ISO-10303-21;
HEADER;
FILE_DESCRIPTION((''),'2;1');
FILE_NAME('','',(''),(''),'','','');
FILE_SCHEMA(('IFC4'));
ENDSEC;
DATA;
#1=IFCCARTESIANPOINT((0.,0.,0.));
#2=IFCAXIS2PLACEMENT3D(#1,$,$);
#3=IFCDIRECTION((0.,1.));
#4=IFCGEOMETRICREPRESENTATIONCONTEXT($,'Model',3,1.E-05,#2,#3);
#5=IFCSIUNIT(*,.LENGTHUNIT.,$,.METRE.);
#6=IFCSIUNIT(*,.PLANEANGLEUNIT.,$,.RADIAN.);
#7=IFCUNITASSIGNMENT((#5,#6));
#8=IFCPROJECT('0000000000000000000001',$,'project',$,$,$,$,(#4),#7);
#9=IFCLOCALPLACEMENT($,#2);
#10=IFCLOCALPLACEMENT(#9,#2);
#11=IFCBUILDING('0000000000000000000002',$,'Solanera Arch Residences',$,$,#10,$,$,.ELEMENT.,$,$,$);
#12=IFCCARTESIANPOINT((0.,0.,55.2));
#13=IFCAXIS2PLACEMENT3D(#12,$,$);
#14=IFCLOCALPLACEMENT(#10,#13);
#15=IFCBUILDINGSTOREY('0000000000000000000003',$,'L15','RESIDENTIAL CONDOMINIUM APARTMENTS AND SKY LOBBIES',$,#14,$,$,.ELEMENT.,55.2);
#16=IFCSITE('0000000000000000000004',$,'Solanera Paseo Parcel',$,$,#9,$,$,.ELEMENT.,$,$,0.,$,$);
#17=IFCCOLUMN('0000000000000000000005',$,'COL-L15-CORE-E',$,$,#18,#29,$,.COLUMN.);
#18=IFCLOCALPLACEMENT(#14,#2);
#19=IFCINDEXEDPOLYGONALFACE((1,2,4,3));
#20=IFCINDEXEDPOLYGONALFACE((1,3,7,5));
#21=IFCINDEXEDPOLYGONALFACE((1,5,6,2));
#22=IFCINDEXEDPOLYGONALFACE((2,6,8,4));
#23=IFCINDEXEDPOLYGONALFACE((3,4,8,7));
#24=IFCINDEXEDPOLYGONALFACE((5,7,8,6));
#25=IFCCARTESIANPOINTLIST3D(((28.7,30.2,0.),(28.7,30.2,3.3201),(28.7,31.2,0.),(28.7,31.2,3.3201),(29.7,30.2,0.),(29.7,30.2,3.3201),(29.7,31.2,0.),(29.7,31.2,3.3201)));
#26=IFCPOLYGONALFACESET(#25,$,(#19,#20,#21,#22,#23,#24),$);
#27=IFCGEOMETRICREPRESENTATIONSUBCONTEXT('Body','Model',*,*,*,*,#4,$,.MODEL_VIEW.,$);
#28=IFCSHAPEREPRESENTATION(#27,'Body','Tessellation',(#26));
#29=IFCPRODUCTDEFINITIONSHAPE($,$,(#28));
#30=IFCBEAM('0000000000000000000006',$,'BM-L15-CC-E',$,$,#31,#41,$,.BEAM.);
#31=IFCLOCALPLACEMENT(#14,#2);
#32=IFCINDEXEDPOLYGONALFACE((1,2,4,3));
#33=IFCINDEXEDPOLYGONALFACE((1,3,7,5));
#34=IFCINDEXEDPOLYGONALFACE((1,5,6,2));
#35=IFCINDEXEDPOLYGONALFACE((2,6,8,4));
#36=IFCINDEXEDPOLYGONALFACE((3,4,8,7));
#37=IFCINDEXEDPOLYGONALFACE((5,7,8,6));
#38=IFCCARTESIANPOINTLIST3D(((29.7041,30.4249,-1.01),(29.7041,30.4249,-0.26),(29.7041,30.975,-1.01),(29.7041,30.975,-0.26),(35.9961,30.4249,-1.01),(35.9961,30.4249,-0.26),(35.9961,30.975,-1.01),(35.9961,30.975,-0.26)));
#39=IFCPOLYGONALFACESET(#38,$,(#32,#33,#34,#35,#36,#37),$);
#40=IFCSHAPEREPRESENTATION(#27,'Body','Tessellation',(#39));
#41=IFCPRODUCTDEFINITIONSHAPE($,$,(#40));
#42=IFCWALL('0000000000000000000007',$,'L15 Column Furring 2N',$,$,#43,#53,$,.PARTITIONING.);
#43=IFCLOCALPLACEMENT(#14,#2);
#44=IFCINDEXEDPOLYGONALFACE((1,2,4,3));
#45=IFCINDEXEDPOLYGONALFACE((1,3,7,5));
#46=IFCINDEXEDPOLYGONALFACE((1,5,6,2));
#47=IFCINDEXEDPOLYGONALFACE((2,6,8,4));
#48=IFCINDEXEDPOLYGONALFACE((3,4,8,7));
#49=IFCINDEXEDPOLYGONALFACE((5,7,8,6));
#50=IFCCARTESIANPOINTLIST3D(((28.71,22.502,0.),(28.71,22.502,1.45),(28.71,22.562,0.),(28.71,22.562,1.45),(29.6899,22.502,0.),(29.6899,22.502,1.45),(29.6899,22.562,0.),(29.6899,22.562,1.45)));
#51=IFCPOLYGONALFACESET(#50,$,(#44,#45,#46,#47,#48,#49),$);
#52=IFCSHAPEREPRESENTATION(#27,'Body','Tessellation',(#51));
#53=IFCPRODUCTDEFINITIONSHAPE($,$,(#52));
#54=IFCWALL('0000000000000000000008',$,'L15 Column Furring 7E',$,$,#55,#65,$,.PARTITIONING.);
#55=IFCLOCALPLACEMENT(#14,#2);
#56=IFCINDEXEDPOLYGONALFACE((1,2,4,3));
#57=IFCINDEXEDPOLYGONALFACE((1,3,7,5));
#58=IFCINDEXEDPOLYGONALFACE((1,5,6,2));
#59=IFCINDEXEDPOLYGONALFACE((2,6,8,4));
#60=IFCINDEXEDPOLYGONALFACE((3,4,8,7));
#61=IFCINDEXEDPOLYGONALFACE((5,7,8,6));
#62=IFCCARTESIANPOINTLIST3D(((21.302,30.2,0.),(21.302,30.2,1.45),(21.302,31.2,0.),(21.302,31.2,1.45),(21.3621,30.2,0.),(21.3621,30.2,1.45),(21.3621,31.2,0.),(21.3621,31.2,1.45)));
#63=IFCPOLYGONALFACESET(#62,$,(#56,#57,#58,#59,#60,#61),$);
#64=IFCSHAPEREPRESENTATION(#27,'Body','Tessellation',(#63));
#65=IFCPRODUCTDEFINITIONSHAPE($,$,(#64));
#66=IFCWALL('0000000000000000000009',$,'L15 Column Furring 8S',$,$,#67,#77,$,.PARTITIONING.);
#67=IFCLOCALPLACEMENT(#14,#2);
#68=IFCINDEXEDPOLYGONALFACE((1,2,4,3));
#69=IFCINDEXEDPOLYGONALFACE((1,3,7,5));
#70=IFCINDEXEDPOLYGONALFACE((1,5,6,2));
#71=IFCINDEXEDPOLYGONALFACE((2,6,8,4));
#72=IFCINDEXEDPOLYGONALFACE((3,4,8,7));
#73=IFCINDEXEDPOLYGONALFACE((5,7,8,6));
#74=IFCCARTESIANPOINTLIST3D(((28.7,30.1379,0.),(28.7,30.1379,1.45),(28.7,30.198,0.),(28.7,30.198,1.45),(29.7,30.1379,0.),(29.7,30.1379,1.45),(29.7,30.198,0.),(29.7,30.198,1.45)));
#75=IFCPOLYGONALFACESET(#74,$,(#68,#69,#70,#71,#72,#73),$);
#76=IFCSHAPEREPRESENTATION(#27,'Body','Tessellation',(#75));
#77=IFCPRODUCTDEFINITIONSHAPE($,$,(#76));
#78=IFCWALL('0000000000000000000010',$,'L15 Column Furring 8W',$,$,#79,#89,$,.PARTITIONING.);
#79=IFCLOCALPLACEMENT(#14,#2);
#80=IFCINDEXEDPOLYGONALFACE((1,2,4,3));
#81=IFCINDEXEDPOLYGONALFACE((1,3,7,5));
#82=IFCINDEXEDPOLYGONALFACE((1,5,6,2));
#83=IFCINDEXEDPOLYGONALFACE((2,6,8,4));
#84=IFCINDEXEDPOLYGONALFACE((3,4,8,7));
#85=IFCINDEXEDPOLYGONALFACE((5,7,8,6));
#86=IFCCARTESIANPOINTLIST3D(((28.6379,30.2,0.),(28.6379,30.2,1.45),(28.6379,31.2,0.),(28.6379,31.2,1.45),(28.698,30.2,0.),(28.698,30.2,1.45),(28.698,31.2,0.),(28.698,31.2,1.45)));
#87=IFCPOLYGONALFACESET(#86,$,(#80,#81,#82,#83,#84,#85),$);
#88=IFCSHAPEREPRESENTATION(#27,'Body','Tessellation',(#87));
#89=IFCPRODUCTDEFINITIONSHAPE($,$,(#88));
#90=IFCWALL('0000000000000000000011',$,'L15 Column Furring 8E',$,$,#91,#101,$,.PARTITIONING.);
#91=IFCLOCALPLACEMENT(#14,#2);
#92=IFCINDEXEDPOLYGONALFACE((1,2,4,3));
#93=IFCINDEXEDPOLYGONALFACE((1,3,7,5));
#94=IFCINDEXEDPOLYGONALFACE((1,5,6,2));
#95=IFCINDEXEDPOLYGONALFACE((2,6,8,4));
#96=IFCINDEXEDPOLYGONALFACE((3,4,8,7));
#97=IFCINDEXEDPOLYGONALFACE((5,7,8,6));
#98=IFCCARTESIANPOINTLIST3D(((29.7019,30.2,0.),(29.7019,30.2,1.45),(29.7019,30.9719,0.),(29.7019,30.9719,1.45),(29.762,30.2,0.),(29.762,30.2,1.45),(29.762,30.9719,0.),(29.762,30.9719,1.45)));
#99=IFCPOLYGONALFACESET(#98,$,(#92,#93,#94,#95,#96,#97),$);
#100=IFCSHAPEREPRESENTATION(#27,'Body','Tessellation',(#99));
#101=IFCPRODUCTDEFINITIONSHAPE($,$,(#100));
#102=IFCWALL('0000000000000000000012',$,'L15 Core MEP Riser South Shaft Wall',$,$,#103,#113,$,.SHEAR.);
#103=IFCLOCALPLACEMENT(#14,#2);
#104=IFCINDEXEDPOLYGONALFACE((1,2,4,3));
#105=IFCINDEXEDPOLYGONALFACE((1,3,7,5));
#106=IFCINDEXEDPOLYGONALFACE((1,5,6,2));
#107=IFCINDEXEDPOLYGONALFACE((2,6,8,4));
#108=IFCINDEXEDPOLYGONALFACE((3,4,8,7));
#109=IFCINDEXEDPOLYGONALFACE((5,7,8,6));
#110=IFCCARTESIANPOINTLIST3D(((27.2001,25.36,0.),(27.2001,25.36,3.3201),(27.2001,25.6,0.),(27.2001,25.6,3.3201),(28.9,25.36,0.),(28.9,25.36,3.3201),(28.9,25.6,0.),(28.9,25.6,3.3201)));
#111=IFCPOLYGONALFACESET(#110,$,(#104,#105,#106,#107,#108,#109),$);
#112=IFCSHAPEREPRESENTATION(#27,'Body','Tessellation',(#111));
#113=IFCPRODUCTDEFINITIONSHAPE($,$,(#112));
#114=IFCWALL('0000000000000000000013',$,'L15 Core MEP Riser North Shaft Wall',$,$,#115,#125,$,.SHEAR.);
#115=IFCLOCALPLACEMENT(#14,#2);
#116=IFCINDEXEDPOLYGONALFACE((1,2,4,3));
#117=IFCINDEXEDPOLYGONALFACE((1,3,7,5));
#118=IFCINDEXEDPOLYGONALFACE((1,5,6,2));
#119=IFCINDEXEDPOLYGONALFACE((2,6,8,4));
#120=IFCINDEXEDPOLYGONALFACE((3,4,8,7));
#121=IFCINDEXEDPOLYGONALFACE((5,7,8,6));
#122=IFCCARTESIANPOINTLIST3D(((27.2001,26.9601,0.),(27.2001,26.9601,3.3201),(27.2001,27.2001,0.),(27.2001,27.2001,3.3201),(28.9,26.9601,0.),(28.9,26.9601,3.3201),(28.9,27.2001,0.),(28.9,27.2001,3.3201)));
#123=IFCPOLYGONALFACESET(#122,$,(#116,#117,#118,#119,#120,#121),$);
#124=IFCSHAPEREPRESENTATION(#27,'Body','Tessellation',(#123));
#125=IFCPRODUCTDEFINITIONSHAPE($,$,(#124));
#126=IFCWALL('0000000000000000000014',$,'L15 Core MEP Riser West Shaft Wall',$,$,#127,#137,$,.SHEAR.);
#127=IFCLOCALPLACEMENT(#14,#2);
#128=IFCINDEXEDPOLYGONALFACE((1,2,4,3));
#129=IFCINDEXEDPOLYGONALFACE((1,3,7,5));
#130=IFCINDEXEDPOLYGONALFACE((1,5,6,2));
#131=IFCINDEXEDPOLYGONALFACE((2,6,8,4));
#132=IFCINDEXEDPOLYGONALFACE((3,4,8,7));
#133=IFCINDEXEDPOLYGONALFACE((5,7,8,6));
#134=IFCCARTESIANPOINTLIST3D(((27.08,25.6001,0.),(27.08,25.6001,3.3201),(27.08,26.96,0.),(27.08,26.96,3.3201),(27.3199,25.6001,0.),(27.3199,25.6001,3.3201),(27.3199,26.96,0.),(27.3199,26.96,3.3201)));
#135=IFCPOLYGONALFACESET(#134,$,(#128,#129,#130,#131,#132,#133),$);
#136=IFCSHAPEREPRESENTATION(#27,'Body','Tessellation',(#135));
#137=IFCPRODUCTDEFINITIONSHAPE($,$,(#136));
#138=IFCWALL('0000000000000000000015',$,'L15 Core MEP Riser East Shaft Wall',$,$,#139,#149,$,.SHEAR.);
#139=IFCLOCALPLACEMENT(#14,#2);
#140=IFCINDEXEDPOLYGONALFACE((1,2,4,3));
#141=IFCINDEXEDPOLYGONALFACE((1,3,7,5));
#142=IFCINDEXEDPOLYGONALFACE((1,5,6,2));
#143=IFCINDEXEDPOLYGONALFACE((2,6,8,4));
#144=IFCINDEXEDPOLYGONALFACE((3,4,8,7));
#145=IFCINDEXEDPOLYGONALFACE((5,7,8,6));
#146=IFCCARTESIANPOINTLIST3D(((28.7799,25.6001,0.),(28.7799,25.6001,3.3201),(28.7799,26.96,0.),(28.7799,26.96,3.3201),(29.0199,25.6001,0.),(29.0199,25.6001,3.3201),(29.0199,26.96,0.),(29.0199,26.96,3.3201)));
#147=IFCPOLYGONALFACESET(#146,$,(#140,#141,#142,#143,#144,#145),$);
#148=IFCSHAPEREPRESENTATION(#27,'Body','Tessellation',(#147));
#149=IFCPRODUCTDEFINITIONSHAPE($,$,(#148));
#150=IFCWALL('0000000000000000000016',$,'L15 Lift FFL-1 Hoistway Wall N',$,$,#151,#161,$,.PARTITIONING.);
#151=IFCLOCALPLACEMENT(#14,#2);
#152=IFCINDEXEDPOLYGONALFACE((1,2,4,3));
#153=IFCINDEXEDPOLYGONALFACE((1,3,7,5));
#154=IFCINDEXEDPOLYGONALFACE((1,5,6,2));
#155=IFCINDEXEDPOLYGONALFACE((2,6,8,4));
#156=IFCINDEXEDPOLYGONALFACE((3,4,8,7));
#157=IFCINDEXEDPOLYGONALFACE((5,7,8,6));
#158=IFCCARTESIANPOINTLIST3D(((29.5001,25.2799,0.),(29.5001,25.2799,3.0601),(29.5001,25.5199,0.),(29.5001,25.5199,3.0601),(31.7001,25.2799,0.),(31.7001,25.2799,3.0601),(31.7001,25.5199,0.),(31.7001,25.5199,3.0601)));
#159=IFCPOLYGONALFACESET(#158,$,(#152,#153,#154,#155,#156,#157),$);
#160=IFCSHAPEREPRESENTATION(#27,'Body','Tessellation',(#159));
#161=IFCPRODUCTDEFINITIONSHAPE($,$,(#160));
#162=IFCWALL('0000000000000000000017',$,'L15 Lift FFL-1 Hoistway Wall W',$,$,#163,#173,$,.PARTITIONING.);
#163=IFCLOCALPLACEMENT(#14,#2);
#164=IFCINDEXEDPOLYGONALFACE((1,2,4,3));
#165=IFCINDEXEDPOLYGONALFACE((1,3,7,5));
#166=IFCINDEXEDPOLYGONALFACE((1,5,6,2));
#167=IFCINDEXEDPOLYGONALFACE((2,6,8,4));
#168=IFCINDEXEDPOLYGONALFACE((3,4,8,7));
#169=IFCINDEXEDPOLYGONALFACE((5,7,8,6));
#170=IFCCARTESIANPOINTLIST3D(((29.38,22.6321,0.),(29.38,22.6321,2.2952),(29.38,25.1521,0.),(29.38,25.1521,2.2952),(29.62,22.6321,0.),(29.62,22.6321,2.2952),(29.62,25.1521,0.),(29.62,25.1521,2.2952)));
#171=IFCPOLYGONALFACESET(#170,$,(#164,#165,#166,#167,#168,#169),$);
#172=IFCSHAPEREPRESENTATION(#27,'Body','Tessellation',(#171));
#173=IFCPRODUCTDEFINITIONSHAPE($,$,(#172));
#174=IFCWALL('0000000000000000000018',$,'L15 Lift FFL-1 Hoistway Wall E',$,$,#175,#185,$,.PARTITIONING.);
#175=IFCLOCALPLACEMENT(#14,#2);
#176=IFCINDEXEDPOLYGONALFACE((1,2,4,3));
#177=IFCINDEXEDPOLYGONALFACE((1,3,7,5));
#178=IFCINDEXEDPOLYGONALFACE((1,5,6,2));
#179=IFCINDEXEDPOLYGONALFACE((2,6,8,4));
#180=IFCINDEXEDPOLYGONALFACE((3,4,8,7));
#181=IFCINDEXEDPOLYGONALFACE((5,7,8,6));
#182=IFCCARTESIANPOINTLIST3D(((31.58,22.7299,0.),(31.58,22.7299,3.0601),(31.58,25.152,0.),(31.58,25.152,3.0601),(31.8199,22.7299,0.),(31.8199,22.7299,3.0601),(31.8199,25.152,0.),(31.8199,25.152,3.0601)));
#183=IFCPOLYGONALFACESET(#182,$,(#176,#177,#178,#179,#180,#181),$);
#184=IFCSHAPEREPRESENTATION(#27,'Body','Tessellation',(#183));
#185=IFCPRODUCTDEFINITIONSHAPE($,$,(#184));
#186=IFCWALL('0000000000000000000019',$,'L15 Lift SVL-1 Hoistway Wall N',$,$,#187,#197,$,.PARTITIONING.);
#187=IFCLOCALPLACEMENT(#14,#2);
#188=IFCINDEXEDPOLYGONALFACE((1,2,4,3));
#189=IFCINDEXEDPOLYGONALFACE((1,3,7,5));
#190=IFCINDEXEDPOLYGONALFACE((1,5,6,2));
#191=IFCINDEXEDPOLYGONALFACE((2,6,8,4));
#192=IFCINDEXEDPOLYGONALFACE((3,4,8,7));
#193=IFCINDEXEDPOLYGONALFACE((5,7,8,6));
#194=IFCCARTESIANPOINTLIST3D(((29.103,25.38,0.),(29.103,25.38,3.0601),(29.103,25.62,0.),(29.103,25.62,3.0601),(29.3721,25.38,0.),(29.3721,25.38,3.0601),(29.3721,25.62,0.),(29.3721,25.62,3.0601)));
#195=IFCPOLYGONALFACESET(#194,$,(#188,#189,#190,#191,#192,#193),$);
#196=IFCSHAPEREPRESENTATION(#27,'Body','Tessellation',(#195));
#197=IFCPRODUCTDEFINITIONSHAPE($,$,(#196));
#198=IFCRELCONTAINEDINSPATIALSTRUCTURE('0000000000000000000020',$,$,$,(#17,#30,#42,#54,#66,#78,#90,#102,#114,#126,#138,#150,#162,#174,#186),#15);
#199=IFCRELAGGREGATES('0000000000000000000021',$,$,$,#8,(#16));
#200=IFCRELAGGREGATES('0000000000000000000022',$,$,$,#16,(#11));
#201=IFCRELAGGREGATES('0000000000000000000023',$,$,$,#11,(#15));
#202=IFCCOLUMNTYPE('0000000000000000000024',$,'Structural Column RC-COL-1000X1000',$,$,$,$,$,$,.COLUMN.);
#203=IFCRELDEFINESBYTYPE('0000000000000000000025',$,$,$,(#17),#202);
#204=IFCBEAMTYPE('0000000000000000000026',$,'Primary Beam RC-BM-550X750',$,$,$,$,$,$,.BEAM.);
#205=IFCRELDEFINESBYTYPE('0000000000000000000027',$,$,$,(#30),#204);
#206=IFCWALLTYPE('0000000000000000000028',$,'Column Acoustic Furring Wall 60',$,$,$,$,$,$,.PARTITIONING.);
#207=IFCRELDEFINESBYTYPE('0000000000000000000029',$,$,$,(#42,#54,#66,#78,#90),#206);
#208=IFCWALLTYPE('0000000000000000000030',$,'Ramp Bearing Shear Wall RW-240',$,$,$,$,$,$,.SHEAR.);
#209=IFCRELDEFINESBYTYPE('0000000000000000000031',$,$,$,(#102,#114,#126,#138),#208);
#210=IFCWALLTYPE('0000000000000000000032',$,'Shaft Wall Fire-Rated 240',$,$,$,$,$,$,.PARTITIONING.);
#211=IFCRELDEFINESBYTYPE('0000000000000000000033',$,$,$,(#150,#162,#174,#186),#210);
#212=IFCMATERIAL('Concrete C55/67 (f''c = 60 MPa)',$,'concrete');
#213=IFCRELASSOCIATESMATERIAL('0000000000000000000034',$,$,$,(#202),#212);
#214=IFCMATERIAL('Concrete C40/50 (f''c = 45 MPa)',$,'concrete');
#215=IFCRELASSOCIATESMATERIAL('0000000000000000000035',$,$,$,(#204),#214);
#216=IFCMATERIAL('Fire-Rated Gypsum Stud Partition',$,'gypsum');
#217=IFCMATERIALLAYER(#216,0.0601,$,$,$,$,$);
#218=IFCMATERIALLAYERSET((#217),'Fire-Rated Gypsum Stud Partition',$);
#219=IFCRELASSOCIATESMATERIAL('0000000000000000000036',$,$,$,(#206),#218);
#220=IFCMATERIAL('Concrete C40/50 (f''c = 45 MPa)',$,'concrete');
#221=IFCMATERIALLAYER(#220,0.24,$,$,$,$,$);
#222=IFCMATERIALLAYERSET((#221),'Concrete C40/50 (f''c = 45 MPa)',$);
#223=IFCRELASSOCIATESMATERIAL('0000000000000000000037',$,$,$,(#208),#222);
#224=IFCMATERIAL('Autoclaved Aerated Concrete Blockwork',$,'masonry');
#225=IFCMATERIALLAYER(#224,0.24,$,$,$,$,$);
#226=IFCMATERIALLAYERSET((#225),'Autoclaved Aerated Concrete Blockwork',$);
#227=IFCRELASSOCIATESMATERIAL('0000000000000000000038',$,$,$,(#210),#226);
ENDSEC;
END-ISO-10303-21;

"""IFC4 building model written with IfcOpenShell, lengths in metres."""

from ifc_helpers import new_model, si_unit, direction, frame, frame_2d, origin, origin_2d, place, context, subcontext, project, spatial, rectangle, extrude, material, layer, layer_set, material_profile, profile_set, type_object, element, save


model = new_model("IFC4")

# Units and contexts
model_context = context("Model", 3, precision=1e-05, world=origin(), true_north=direction((0.0, 1.0)))
body_context = subcontext(model_context, "Body", "Model", "MODEL_VIEW")
ifc_project = project(units=[si_unit("LENGTHUNIT", "METRE"), si_unit("PLANEANGLEUNIT", "RADIAN")], contexts=[model_context])

# Site, building, storey
site_placement = place(None, origin())
site = spatial("IfcSite", under=ifc_project, at=site_placement, Name="Solanera Paseo Parcel", CompositionType="ELEMENT", RefElevation=0.0)
building_placement = place(site_placement, origin())
building = spatial("IfcBuilding", under=site, at=building_placement, Name="Solanera Arch Residences", CompositionType="ELEMENT")
storey_placement = place(building_placement, frame((0.0, 0.0, 55.2)))
storey = spatial("IfcBuildingStorey", under=building, at=storey_placement, Name="L15", Description="RESIDENTIAL CONDOMINIUM APARTMENTS AND SKY LOBBIES", CompositionType="ELEMENT", Elevation=55.2)

# Column
ifc_material_1 = material(Name="Concrete C55/67 (f'c = 60 MPa)", Category="concrete")
ifc_material_profile_1 = material_profile(ifc_material_1, rectangle(XDim=1.0, YDim=1.0, at=origin_2d()))
ifc_profile_set_1 = profile_set([ifc_material_profile_1], Name="Concrete C55/67 (f'c = 60 MPa)")
column_type = type_object("IfcColumnType", Name="Structural Column RC-COL-1000X1000", PredefinedType="COLUMN", material=ifc_profile_set_1)
column_placement = place(storey_placement, frame((29.2, 30.7, 0.0), z_axis=(0.0, 0.0, 1.0), x_axis=(1.0, 0.0, 0.0)))
element("IfcColumn", 1, at=column_placement, inside=storey, type_object=column_type, Name="COL-L15-CORE-E", PredefinedType="COLUMN", context=body_context, shape_type="SweptSolid", body=[
    extrude(rectangle(XDim=1.0, YDim=1.0, at=origin_2d()), origin(), (0.0, 0.0, 1.0), 3.3201),
])

# Beam
ifc_material_2 = material(Name="Concrete C40/50 (f'c = 45 MPa)", Category="concrete")
ifc_material_profile_2 = material_profile(ifc_material_2, rectangle(XDim=0.55, YDim=0.75, at=origin_2d()))
ifc_profile_set_2 = profile_set([ifc_material_profile_2], Name="Concrete C40/50 (f'c = 45 MPa)")
beam_type = type_object("IfcBeamType", Name="Primary Beam RC-BM-550X750", PredefinedType="BEAM", material=ifc_profile_set_2)
beam_placement = place(storey_placement, frame((29.7041, 30.7, -0.635), z_axis=(1.0, 0.0, 0.0), x_axis=(0.0, 1.0, 0.0)))
element("IfcBeam", 2, at=beam_placement, inside=storey, type_object=beam_type, Name="BM-L15-CC-E", PredefinedType="BEAM", context=body_context, shape_type="SweptSolid", body=[
    extrude(rectangle(XDim=0.55, YDim=0.75, at=origin_2d()), origin(), (0.0, 0.0, 1.0), 6.292),
])

# Walls
ifc_material_3 = material(Name="Fire-Rated Gypsum Stud Partition", Category="gypsum")
ifc_layer_1 = layer(ifc_material_3, 0.0601)
ifc_layer_set_1 = layer_set([ifc_layer_1], Name="Fire-Rated Gypsum Stud Partition")
wall_type_1 = type_object("IfcWallType", Name="Column Acoustic Furring Wall 60", PredefinedType="PARTITIONING", material=ifc_layer_set_1)
wall_1_placement = place(storey_placement, frame((28.71, 22.532, 0.0), z_axis=(0.0, 0.0, 1.0), x_axis=(1.0, 0.0, 0.0)))
element("IfcWall", 3, at=wall_1_placement, inside=storey, type_object=wall_type_1, Name="L15 Column Furring 2N", PredefinedType="PARTITIONING", context=body_context, shape_type="SweptSolid", body=[
    extrude(rectangle(XDim=0.98, YDim=0.0601, at=frame_2d((0.49, 0.0))), origin(), (0.0, 0.0, 1.0), 1.45),
])
for number, where, z_axis, x_axis, name in (
    (4, (21.332, 30.2, 0.0), (0.0, 0.0, 1.0), (0.0, 1.0, 0.0), "L15 Column Furring 7E"),
    (5, (28.7, 30.168, 0.0), (0.0, 0.0, 1.0), (1.0, 0.0, 0.0), "L15 Column Furring 8S"),
    (6, (28.668, 30.2, 0.0), (0.0, 0.0, 1.0), (0.0, 1.0, 0.0), "L15 Column Furring 8W"),
):
    element("IfcWall", number, at=place(storey_placement, frame(where, z_axis=z_axis, x_axis=x_axis)), inside=storey, type_object=wall_type_1, Name=name, PredefinedType="PARTITIONING", context=body_context, shape_type="SweptSolid", body=[
        extrude(rectangle(XDim=1.0, YDim=0.0601, at=frame_2d((0.5, 0.0))), origin(), (0.0, 0.0, 1.0), 1.45),
    ])
wall_2_placement = place(storey_placement, frame((29.7319, 30.2, 0.0), z_axis=(0.0, 0.0, 1.0), x_axis=(0.0, 1.0, 0.0)))
element("IfcWall", 7, at=wall_2_placement, inside=storey, type_object=wall_type_1, Name="L15 Column Furring 8E", PredefinedType="PARTITIONING", context=body_context, shape_type="SweptSolid", body=[
    extrude(rectangle(XDim=0.772, YDim=0.0601, at=frame_2d((0.386, 0.0))), origin(), (0.0, 0.0, 1.0), 1.45),
])
ifc_material_4 = material(Name="Concrete C40/50 (f'c = 45 MPa)", Category="concrete")
ifc_layer_2 = layer(ifc_material_4, 0.24)
ifc_layer_set_2 = layer_set([ifc_layer_2], Name="Concrete C40/50 (f'c = 45 MPa)")
wall_type_2 = type_object("IfcWallType", Name="Ramp Bearing Shear Wall RW-240", PredefinedType="SHEAR", material=ifc_layer_set_2)
for number, where, z_axis, x_axis, name in (
    (8, (27.2, 25.48, 0.0), (0.0, 0.0, 1.0), (1.0, 0.0, 0.0), "L15 Core MEP Riser South Shaft Wall"),
    (9, (27.2, 27.0801, 0.0), (0.0, 0.0, 1.0), (1.0, 0.0, 0.0), "L15 Core MEP Riser North Shaft Wall"),
):
    element("IfcWall", number, at=place(storey_placement, frame(where, z_axis=z_axis, x_axis=x_axis)), inside=storey, type_object=wall_type_2, Name=name, PredefinedType="SHEAR", context=body_context, shape_type="SweptSolid", body=[
        extrude(rectangle(XDim=1.7, YDim=0.24, at=frame_2d((0.8501, 0.0))), origin(), (0.0, 0.0, 1.0), 3.3201),
    ])
for number, where, z_axis, x_axis, name in (
    (10, (27.2, 25.6001, 0.0), (0.0, 0.0, 1.0), (0.0, 1.0, 0.0), "L15 Core MEP Riser West Shaft Wall"),
    (11, (28.8999, 25.6001, 0.0), (0.0, 0.0, 1.0), (0.0, 1.0, 0.0), "L15 Core MEP Riser East Shaft Wall"),
):
    element("IfcWall", number, at=place(storey_placement, frame(where, z_axis=z_axis, x_axis=x_axis)), inside=storey, type_object=wall_type_2, Name=name, PredefinedType="SHEAR", context=body_context, shape_type="SweptSolid", body=[
        extrude(rectangle(XDim=1.3599, YDim=0.24, at=frame_2d((0.6799, 0.0))), origin(), (0.0, 0.0, 1.0), 3.3201),
    ])
ifc_material_5 = material(Name="Autoclaved Aerated Concrete Blockwork", Category="masonry")
ifc_layer_3 = layer(ifc_material_5, 0.24)
ifc_layer_set_3 = layer_set([ifc_layer_3], Name="Autoclaved Aerated Concrete Blockwork")
wall_type_3 = type_object("IfcWallType", Name="Shaft Wall Fire-Rated 240", PredefinedType="PARTITIONING", material=ifc_layer_set_3)
wall_3_placement = place(storey_placement, frame((29.5, 25.3999, 0.0), z_axis=(0.0, 0.0, 1.0), x_axis=(1.0, 0.0, 0.0)))
element("IfcWall", 12, at=wall_3_placement, inside=storey, type_object=wall_type_3, Name="L15 Lift FFL-1 Hoistway Wall N", PredefinedType="PARTITIONING", context=body_context, shape_type="SweptSolid", body=[
    extrude(rectangle(XDim=2.2, YDim=0.24, at=frame_2d((1.1001, 0.0))), origin(), (0.0, 0.0, 1.0), 3.0601),
])
wall_4_placement = place(storey_placement, frame((29.5, 22.6321, 0.0), z_axis=(0.0, 0.0, 1.0), x_axis=(0.0, 1.0, 0.0)))
element("IfcWall", 13, at=wall_4_placement, inside=storey, type_object=wall_type_3, Name="L15 Lift FFL-1 Hoistway Wall W", PredefinedType="PARTITIONING", context=body_context, shape_type="SweptSolid", body=[
    extrude(rectangle(XDim=2.52, YDim=0.24, at=frame_2d((1.26, 0.0))), origin(), (0.0, 0.0, 1.0), 2.2952),
])
wall_5_placement = place(storey_placement, frame((31.7, 22.73, 0.0), z_axis=(0.0, 0.0, 1.0), x_axis=(0.0, 1.0, 0.0)))
element("IfcWall", 14, at=wall_5_placement, inside=storey, type_object=wall_type_3, Name="L15 Lift FFL-1 Hoistway Wall E", PredefinedType="PARTITIONING", context=body_context, shape_type="SweptSolid", body=[
    extrude(rectangle(XDim=2.4221, YDim=0.24, at=frame_2d((1.2109, 0.0))), origin(), (0.0, 0.0, 1.0), 3.0601),
])
wall_6_placement = place(storey_placement, frame((29.103, 25.5, 0.0), z_axis=(0.0, 0.0, 1.0), x_axis=(1.0, 0.0, 0.0)))
element("IfcWall", 15, at=wall_6_placement, inside=storey, type_object=wall_type_3, Name="L15 Lift SVL-1 Hoistway Wall N", PredefinedType="PARTITIONING", context=body_context, shape_type="SweptSolid", body=[
    extrude(rectangle(XDim=0.269, YDim=0.24, at=frame_2d((0.1345, 0.0))), origin(), (0.0, 0.0, 1.0), 3.0601),
])

save(model, "model.ifc")
